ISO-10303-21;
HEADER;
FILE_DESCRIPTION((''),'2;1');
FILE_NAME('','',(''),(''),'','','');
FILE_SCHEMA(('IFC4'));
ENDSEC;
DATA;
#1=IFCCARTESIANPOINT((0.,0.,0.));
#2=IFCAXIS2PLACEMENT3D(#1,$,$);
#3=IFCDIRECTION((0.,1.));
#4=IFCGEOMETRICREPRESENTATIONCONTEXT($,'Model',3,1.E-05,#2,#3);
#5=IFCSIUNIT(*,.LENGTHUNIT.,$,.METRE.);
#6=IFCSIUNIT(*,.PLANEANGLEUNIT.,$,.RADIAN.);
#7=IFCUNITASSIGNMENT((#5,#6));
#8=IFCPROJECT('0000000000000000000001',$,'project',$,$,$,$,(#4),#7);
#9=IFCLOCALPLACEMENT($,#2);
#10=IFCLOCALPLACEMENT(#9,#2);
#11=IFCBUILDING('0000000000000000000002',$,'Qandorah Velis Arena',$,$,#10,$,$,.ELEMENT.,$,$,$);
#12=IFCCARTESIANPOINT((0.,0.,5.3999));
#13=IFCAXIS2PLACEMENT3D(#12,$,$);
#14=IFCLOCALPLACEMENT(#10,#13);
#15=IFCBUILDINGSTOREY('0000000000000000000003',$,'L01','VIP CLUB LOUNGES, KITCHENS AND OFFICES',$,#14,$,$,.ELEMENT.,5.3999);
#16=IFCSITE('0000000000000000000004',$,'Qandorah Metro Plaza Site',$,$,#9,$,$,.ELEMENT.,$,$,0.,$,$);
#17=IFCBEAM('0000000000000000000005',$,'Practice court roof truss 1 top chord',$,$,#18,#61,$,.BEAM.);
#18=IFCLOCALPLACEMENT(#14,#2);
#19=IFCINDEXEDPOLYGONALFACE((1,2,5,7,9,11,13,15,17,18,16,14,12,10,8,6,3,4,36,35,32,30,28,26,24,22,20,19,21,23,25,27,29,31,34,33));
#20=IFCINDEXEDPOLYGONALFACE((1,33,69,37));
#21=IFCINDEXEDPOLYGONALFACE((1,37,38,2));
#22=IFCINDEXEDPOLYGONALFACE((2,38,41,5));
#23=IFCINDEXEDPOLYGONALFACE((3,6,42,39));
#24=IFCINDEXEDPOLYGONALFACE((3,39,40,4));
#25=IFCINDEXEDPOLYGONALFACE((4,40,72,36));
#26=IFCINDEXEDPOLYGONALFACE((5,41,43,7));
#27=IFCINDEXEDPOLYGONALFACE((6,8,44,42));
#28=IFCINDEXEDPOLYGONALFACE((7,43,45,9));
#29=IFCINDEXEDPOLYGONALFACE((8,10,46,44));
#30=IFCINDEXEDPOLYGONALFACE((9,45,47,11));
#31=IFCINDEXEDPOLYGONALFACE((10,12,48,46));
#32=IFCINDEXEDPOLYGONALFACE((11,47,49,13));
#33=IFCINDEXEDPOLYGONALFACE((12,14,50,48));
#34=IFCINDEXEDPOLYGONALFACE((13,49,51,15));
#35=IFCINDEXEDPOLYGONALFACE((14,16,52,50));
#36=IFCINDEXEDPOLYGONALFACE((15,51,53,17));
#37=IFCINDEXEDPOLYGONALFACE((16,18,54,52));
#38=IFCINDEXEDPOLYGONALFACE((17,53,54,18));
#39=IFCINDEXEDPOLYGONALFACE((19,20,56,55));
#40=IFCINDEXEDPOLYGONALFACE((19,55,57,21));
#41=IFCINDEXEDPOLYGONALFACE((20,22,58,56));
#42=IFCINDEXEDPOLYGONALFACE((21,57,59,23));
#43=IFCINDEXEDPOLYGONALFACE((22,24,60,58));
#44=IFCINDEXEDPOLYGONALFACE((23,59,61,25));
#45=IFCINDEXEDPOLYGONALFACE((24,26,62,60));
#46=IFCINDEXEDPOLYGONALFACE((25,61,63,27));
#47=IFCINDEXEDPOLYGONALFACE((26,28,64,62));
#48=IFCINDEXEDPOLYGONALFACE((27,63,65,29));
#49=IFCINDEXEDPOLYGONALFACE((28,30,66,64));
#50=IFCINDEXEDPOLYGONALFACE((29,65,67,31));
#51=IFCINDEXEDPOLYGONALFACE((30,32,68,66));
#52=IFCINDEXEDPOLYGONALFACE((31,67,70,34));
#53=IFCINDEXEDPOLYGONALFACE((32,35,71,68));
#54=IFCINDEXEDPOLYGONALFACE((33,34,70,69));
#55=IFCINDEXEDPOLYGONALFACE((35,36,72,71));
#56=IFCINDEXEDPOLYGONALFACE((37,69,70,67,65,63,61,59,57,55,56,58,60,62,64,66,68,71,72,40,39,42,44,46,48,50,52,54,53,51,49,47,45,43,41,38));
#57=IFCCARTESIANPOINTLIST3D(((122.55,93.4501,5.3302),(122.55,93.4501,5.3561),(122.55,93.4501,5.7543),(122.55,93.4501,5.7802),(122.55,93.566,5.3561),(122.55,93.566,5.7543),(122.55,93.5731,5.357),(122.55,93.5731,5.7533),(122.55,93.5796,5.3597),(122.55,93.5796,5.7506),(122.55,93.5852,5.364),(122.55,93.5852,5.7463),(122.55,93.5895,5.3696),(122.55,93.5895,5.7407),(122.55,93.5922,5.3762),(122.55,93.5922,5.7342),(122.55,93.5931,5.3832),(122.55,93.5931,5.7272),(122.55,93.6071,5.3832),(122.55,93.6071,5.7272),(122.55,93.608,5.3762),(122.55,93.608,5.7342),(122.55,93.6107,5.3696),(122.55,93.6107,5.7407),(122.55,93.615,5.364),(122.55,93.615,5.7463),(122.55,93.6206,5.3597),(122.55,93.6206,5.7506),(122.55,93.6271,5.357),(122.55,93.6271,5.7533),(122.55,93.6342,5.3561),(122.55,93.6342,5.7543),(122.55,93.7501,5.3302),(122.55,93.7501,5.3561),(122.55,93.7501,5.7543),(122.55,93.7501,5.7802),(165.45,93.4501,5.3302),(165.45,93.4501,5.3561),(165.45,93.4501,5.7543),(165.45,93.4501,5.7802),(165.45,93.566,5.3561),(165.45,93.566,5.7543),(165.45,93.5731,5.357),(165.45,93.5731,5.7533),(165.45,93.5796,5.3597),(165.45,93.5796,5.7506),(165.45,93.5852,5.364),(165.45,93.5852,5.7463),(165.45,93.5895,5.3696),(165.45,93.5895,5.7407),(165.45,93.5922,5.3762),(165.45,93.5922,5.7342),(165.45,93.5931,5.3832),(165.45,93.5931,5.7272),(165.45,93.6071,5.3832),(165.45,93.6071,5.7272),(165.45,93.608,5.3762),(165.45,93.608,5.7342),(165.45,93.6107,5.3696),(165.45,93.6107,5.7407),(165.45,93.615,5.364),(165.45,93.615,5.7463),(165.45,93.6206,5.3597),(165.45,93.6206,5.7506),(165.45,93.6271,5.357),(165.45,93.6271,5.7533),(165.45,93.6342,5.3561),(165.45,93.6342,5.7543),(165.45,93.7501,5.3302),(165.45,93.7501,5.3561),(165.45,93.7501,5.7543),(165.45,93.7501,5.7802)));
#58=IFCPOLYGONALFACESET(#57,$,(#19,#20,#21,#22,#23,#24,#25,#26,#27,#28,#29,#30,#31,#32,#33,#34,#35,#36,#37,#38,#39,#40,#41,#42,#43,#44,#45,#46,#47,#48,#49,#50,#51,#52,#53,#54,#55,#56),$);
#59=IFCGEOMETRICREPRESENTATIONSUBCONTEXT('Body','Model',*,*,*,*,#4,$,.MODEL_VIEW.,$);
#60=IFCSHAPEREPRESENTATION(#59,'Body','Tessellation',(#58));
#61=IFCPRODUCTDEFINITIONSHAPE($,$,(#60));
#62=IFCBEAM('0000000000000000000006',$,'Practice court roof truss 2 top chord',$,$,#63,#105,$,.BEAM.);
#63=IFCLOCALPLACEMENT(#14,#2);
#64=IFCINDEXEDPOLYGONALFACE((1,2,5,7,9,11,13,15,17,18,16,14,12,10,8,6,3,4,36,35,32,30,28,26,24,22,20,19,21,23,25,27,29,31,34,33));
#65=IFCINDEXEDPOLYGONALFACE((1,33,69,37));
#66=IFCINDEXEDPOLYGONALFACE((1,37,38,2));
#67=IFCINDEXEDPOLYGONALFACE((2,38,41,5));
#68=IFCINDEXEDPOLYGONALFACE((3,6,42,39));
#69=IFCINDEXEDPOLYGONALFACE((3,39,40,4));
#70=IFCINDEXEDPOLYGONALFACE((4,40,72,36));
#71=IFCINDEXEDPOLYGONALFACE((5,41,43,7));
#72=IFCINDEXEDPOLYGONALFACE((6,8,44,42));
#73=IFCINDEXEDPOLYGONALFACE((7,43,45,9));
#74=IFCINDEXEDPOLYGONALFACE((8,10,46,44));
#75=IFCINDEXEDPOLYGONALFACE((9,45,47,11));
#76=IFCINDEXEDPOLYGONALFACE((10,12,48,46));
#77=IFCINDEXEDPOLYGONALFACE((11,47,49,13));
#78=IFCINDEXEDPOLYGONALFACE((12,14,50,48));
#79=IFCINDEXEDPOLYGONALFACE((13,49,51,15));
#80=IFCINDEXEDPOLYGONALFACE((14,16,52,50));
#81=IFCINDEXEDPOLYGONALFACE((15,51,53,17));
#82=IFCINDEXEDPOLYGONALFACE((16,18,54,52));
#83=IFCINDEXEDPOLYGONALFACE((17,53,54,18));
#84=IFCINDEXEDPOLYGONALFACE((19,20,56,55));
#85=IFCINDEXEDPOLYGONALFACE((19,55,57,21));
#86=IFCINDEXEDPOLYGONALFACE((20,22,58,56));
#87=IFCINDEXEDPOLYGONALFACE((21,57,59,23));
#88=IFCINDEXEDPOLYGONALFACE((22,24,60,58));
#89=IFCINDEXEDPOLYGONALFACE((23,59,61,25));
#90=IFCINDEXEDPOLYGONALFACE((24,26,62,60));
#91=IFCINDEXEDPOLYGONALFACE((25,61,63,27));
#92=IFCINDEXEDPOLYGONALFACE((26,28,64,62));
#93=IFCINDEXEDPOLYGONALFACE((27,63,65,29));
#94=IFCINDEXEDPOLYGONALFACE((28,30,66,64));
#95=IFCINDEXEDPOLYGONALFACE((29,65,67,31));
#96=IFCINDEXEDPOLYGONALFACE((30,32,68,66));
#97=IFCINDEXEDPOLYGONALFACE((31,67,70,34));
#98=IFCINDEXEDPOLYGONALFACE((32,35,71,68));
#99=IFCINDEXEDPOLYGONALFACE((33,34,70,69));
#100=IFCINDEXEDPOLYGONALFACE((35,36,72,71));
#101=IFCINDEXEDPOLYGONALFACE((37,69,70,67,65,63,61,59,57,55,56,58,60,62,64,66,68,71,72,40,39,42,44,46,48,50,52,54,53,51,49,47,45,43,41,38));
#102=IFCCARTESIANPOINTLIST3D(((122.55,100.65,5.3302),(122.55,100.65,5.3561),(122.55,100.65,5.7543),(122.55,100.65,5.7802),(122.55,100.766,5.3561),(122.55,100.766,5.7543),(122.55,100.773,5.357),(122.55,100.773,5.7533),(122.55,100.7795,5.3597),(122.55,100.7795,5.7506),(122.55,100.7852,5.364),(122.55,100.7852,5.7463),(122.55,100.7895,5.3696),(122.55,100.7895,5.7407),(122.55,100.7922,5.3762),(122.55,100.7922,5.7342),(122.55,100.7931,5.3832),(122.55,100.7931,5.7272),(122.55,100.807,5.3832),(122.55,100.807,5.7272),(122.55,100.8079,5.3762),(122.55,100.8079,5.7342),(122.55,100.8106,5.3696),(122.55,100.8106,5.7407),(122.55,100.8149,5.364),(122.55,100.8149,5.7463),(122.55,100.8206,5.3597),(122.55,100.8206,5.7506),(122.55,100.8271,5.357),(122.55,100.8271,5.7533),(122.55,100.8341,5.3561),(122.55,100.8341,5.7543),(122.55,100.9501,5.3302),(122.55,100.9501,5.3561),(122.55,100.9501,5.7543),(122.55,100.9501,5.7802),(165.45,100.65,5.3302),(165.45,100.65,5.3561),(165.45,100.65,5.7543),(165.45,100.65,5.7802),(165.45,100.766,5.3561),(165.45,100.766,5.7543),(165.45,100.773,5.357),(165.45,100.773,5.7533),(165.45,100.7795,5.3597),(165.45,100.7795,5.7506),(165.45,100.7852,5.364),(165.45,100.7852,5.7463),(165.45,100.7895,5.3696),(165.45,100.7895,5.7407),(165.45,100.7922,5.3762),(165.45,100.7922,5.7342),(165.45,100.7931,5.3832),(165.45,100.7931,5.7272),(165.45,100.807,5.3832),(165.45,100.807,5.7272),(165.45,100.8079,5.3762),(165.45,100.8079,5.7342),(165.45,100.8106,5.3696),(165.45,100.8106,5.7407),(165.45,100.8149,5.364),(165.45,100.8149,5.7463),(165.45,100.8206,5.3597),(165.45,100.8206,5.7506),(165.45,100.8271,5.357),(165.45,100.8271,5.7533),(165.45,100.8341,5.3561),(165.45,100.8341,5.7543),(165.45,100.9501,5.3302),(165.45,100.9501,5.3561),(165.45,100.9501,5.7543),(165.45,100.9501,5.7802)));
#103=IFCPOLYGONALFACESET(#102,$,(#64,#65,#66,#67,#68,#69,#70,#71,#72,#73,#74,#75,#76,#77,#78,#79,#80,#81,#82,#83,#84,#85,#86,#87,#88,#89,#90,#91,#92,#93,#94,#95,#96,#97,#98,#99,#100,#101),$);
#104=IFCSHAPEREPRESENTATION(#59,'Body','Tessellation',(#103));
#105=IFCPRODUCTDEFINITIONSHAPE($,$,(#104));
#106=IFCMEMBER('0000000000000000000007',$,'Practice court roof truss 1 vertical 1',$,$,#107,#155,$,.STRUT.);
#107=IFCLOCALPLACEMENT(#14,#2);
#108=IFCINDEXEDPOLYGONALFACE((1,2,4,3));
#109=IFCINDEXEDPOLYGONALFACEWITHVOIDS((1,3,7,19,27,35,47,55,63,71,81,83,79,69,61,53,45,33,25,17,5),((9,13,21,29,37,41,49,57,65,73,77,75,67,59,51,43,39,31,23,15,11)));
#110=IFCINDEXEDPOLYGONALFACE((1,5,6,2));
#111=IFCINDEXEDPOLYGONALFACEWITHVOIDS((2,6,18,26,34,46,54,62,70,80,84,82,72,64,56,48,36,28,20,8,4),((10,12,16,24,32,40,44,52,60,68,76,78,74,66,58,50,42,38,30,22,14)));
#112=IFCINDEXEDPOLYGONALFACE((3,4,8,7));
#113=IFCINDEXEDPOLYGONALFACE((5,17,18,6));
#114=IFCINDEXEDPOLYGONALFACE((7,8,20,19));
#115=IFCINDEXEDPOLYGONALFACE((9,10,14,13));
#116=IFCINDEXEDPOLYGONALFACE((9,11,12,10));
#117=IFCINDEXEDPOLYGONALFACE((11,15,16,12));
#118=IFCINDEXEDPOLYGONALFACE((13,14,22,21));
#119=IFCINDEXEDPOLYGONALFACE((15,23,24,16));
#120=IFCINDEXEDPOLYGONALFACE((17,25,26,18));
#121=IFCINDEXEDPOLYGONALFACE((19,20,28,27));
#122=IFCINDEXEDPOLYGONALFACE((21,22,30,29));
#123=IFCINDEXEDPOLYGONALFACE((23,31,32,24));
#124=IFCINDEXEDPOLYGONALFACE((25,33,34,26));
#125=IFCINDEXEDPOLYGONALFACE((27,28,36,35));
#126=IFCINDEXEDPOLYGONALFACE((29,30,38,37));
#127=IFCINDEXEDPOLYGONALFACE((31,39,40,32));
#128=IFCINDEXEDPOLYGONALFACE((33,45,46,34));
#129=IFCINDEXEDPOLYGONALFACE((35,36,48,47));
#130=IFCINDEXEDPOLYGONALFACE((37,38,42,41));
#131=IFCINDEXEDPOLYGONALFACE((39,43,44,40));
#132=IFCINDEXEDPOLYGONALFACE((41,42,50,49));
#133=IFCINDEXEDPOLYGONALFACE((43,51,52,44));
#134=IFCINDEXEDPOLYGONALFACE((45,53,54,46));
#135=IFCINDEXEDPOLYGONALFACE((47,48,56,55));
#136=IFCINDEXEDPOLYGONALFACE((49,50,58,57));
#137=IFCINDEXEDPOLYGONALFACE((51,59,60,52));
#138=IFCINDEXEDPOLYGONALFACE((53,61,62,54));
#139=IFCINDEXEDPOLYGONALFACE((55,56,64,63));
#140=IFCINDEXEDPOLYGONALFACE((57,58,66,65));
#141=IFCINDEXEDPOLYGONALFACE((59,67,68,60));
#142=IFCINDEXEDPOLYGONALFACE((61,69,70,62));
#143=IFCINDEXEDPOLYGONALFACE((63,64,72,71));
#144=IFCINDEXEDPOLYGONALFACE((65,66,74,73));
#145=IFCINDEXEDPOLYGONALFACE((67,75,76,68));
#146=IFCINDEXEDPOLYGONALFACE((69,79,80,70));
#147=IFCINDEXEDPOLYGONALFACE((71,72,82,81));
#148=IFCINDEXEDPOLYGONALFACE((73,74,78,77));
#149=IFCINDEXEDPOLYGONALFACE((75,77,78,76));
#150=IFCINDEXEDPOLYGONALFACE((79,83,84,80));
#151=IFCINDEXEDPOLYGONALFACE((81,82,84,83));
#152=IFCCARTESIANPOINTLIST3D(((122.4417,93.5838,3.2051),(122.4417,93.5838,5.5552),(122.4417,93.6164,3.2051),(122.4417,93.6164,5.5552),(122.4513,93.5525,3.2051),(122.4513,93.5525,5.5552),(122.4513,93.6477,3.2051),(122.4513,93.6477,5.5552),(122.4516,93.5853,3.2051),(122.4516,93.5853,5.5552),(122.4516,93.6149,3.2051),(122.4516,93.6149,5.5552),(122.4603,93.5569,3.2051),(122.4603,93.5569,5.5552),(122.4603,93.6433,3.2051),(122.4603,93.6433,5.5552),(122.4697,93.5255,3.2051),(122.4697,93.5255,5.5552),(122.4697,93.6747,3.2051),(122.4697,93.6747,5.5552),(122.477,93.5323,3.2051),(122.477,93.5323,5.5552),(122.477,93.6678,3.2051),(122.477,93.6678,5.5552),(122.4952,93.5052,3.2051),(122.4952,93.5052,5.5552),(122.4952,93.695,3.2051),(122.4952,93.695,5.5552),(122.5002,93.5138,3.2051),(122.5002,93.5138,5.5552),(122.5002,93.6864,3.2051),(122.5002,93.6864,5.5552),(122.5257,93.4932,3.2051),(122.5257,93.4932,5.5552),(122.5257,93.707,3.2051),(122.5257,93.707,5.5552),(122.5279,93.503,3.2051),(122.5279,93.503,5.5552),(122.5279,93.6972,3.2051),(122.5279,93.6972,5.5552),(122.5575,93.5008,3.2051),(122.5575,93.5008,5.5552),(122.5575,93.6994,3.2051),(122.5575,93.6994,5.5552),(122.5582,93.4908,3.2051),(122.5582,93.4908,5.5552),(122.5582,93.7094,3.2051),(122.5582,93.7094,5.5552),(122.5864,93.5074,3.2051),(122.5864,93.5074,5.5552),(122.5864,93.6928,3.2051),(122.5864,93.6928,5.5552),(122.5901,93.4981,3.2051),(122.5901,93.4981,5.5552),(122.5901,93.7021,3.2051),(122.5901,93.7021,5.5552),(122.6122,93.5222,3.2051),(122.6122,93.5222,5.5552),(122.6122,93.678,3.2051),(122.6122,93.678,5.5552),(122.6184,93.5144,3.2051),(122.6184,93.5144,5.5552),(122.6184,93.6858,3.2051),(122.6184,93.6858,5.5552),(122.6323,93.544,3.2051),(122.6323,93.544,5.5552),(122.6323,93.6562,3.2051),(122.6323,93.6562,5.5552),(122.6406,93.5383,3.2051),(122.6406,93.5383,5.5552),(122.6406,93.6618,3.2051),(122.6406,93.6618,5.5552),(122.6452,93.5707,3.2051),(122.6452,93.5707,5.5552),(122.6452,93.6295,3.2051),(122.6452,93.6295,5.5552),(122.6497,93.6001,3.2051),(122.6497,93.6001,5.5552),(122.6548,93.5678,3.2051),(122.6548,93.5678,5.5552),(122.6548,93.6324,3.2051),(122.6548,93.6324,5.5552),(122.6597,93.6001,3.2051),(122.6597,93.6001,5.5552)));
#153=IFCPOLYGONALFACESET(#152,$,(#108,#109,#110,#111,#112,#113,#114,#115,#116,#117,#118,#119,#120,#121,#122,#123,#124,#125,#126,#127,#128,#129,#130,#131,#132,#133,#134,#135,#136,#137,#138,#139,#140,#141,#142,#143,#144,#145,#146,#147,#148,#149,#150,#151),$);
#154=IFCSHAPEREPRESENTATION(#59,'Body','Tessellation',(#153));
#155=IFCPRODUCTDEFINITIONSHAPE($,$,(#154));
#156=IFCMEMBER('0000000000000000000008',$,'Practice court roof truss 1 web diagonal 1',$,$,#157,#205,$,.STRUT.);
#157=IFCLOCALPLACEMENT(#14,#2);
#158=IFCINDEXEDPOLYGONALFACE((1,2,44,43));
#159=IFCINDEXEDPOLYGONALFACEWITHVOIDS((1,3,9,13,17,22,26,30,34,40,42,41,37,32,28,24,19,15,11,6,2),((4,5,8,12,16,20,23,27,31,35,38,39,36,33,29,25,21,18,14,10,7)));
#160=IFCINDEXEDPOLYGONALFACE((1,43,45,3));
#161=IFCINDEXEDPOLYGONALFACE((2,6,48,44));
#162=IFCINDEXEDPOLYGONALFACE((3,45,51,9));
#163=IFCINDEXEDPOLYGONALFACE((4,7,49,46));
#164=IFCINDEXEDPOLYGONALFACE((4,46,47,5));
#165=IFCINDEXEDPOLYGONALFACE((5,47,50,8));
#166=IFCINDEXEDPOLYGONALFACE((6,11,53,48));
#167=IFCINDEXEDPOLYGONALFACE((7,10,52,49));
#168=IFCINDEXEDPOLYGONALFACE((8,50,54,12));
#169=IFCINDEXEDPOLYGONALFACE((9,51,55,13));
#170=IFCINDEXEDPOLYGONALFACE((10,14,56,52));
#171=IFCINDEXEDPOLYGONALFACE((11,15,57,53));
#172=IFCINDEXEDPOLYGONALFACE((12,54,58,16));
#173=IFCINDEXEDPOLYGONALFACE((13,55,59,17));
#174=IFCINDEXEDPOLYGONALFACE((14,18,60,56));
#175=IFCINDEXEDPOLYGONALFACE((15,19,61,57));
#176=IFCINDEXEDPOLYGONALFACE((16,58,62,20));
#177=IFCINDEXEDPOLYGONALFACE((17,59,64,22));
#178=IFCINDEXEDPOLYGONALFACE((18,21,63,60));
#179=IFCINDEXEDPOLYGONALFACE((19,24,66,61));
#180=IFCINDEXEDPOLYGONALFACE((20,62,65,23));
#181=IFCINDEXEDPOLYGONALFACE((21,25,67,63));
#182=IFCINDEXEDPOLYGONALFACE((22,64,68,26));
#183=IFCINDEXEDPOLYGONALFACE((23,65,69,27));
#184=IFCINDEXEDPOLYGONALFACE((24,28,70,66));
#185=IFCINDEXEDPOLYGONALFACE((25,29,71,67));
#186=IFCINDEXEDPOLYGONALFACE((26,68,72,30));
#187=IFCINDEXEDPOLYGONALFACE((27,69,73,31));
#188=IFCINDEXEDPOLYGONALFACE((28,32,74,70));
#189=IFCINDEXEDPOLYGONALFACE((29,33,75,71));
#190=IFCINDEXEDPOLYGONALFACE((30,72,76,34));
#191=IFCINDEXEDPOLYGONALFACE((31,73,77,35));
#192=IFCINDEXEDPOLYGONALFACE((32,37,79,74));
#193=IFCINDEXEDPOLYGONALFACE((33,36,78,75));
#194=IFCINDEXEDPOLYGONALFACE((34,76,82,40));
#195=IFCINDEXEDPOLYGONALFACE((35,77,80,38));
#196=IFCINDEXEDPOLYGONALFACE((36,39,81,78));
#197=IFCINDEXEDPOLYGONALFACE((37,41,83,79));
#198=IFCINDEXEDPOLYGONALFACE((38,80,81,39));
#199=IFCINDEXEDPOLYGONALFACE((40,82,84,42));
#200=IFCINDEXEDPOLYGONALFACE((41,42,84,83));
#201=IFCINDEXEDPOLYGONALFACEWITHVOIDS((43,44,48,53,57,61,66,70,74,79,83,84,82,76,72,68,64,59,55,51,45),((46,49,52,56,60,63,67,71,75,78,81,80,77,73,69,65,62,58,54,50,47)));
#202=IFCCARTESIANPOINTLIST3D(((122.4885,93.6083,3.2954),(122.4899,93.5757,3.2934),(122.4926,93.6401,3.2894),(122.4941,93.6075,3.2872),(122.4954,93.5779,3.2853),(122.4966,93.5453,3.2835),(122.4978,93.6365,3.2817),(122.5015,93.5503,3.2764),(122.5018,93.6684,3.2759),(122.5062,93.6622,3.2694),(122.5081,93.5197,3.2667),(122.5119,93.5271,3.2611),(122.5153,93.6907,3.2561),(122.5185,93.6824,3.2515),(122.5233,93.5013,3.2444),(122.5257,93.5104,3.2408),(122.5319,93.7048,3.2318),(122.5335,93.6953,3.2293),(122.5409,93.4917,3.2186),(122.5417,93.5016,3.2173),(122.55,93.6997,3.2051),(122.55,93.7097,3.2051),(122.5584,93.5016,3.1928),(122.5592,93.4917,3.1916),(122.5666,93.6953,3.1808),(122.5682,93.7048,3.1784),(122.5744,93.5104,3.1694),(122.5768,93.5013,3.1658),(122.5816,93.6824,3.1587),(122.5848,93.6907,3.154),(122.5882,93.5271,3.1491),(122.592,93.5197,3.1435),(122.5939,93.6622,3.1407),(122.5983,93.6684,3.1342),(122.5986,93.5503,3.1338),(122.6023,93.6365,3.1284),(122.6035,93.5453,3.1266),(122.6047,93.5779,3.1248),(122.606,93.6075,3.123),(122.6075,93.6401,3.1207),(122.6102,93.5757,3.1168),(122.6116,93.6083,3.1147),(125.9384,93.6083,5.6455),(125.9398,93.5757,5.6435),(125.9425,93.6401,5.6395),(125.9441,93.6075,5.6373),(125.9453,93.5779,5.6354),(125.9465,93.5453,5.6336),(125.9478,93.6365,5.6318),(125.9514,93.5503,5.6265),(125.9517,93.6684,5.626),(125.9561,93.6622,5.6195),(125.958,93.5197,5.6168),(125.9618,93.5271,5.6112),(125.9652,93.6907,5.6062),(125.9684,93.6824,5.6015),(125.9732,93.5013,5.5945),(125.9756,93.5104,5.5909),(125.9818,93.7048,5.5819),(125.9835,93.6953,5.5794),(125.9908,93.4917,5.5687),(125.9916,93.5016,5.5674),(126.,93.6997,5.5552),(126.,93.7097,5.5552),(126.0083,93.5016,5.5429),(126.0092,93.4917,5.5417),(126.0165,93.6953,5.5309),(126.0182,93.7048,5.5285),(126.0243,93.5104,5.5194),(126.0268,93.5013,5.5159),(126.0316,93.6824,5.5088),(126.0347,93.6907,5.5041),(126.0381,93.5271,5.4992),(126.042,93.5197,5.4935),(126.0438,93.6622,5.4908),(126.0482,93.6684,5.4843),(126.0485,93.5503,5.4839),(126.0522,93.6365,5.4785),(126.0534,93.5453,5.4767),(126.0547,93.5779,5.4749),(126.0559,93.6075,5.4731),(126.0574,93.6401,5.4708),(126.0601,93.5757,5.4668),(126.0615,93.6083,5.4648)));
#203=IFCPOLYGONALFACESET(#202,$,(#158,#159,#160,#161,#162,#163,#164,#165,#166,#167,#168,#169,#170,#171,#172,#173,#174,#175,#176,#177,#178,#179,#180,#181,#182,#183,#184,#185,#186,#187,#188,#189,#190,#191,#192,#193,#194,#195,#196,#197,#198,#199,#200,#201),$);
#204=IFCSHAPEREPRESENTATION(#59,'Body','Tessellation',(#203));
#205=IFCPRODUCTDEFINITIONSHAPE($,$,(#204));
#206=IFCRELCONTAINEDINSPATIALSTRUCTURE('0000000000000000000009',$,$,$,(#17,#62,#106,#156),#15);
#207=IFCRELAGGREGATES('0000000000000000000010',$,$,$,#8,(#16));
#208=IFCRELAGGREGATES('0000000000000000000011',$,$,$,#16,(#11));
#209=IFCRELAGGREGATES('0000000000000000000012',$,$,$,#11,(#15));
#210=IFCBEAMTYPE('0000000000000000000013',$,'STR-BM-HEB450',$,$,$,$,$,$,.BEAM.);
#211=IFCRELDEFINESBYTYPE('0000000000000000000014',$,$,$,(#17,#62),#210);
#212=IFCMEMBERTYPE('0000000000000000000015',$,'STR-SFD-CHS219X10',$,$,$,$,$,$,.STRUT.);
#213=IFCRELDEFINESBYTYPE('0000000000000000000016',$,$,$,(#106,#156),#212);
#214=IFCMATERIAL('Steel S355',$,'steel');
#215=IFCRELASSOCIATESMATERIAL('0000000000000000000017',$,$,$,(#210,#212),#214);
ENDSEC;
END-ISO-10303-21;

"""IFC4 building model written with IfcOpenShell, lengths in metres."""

from ifc_helpers import new_model, si_unit, direction, frame, origin, origin_2d, place, context, subcontext, project, spatial, hollow_circle, i_section, extrude, material, material_profile, profile_set, type_object, element, save


model = new_model("IFC4")

# Units and contexts
model_context = context("Model", 3, precision=1e-05, world=origin(), true_north=direction((0.0, 1.0)))
body_context = subcontext(model_context, "Body", "Model", "MODEL_VIEW")
ifc_project = project(units=[si_unit("LENGTHUNIT", "METRE"), si_unit("PLANEANGLEUNIT", "RADIAN")], contexts=[model_context])

# Site, building, storey
site_placement = place(None, origin())
site = spatial("IfcSite", under=ifc_project, at=site_placement, Name="Qandorah Metro Plaza Site", CompositionType="ELEMENT", RefElevation=0.0)
building_placement = place(site_placement, origin())
building = spatial("IfcBuilding", under=site, at=building_placement, Name="Qandorah Velis Arena", CompositionType="ELEMENT")
storey_placement = place(building_placement, frame((0.0, 0.0, 5.3999)))
storey = spatial("IfcBuildingStorey", under=building, at=storey_placement, Name="L01", Description="VIP CLUB LOUNGES, KITCHENS AND OFFICES", CompositionType="ELEMENT", Elevation=5.3999)

# Beams
ifc_material_1 = material(Name="Steel S355", Category="steel")
ifc_material_profile_1 = material_profile(ifc_material_1, i_section(OverallWidth=0.3, OverallDepth=0.45, WebThickness=0.0139, FlangeThickness=0.0259, FilletRadius=0.0271, at=origin_2d()), Name="HEB 450")
ifc_profile_set_1 = profile_set([ifc_material_profile_1], Name="Steel S355")
beam_type_1 = type_object("IfcBeamType", Name="STR-BM-HEB450", PredefinedType="BEAM", material=ifc_profile_set_1)
for number, where, z_axis, x_axis, name in (
    (1, (122.55, 93.6001, 5.5552), (1.0, 0.0, 0.0), (0.0, 1.0, 0.0), "Practice court roof truss 1 top chord"),
    (2, (122.55, 100.8, 5.5552), (1.0, 0.0, 0.0), (0.0, 1.0, 0.0), "Practice court roof truss 2 top chord"),
):
    element("IfcBeam", number, at=place(storey_placement, frame(where, z_axis=z_axis, x_axis=x_axis)), inside=storey, type_object=beam_type_1, Name=name, PredefinedType="BEAM", context=body_context, shape_type="SweptSolid", body=[
        extrude(i_section(OverallWidth=0.3, OverallDepth=0.45, WebThickness=0.0139, FlangeThickness=0.0259, FilletRadius=0.0271, at=origin_2d()), origin(), (0.0, 0.0, 1.0), 42.8999),
    ])

# Members
ifc_material_profile_2 = material_profile(ifc_material_1, hollow_circle(Radius=0.1096, WallThickness=0.01, at=origin_2d()), Name="CHS 219.1x10")
ifc_profile_set_2 = profile_set([ifc_material_profile_2], Name="Steel S355")
member_type = type_object("IfcMemberType", Name="STR-SFD-CHS219X10", PredefinedType="STRUT", material=ifc_profile_set_2)
member_1_placement = place(storey_placement, frame((122.55, 93.6001, 3.2051), z_axis=(0.0, 0.0, 1.0), x_axis=(1.0, 0.0, 0.0)))
element("IfcMember", 3, at=member_1_placement, inside=storey, type_object=member_type, Name="Practice court roof truss 1 vertical 1", PredefinedType="STRUT", context=body_context, shape_type="SweptSolid", body=[
    extrude(hollow_circle(Radius=0.1096, WallThickness=0.01, at=origin_2d()), origin(), (0.0, 0.0, 1.0), 2.3501),
])
member_2_placement = place(storey_placement, frame((122.55, 93.6001, 3.2051), z_axis=(0.826466, 0.0, 0.562987), x_axis=(0.0, 1.0, 0.0)))
element("IfcMember", 4, at=member_2_placement, inside=storey, type_object=member_type, Name="Practice court roof truss 1 web diagonal 1", PredefinedType="STRUT", context=body_context, shape_type="SweptSolid", body=[
    extrude(hollow_circle(Radius=0.1096, WallThickness=0.01, at=origin_2d()), origin(), (0.0, 0.0, 1.0), 4.1743),
])

save(model, "model.ifc")
